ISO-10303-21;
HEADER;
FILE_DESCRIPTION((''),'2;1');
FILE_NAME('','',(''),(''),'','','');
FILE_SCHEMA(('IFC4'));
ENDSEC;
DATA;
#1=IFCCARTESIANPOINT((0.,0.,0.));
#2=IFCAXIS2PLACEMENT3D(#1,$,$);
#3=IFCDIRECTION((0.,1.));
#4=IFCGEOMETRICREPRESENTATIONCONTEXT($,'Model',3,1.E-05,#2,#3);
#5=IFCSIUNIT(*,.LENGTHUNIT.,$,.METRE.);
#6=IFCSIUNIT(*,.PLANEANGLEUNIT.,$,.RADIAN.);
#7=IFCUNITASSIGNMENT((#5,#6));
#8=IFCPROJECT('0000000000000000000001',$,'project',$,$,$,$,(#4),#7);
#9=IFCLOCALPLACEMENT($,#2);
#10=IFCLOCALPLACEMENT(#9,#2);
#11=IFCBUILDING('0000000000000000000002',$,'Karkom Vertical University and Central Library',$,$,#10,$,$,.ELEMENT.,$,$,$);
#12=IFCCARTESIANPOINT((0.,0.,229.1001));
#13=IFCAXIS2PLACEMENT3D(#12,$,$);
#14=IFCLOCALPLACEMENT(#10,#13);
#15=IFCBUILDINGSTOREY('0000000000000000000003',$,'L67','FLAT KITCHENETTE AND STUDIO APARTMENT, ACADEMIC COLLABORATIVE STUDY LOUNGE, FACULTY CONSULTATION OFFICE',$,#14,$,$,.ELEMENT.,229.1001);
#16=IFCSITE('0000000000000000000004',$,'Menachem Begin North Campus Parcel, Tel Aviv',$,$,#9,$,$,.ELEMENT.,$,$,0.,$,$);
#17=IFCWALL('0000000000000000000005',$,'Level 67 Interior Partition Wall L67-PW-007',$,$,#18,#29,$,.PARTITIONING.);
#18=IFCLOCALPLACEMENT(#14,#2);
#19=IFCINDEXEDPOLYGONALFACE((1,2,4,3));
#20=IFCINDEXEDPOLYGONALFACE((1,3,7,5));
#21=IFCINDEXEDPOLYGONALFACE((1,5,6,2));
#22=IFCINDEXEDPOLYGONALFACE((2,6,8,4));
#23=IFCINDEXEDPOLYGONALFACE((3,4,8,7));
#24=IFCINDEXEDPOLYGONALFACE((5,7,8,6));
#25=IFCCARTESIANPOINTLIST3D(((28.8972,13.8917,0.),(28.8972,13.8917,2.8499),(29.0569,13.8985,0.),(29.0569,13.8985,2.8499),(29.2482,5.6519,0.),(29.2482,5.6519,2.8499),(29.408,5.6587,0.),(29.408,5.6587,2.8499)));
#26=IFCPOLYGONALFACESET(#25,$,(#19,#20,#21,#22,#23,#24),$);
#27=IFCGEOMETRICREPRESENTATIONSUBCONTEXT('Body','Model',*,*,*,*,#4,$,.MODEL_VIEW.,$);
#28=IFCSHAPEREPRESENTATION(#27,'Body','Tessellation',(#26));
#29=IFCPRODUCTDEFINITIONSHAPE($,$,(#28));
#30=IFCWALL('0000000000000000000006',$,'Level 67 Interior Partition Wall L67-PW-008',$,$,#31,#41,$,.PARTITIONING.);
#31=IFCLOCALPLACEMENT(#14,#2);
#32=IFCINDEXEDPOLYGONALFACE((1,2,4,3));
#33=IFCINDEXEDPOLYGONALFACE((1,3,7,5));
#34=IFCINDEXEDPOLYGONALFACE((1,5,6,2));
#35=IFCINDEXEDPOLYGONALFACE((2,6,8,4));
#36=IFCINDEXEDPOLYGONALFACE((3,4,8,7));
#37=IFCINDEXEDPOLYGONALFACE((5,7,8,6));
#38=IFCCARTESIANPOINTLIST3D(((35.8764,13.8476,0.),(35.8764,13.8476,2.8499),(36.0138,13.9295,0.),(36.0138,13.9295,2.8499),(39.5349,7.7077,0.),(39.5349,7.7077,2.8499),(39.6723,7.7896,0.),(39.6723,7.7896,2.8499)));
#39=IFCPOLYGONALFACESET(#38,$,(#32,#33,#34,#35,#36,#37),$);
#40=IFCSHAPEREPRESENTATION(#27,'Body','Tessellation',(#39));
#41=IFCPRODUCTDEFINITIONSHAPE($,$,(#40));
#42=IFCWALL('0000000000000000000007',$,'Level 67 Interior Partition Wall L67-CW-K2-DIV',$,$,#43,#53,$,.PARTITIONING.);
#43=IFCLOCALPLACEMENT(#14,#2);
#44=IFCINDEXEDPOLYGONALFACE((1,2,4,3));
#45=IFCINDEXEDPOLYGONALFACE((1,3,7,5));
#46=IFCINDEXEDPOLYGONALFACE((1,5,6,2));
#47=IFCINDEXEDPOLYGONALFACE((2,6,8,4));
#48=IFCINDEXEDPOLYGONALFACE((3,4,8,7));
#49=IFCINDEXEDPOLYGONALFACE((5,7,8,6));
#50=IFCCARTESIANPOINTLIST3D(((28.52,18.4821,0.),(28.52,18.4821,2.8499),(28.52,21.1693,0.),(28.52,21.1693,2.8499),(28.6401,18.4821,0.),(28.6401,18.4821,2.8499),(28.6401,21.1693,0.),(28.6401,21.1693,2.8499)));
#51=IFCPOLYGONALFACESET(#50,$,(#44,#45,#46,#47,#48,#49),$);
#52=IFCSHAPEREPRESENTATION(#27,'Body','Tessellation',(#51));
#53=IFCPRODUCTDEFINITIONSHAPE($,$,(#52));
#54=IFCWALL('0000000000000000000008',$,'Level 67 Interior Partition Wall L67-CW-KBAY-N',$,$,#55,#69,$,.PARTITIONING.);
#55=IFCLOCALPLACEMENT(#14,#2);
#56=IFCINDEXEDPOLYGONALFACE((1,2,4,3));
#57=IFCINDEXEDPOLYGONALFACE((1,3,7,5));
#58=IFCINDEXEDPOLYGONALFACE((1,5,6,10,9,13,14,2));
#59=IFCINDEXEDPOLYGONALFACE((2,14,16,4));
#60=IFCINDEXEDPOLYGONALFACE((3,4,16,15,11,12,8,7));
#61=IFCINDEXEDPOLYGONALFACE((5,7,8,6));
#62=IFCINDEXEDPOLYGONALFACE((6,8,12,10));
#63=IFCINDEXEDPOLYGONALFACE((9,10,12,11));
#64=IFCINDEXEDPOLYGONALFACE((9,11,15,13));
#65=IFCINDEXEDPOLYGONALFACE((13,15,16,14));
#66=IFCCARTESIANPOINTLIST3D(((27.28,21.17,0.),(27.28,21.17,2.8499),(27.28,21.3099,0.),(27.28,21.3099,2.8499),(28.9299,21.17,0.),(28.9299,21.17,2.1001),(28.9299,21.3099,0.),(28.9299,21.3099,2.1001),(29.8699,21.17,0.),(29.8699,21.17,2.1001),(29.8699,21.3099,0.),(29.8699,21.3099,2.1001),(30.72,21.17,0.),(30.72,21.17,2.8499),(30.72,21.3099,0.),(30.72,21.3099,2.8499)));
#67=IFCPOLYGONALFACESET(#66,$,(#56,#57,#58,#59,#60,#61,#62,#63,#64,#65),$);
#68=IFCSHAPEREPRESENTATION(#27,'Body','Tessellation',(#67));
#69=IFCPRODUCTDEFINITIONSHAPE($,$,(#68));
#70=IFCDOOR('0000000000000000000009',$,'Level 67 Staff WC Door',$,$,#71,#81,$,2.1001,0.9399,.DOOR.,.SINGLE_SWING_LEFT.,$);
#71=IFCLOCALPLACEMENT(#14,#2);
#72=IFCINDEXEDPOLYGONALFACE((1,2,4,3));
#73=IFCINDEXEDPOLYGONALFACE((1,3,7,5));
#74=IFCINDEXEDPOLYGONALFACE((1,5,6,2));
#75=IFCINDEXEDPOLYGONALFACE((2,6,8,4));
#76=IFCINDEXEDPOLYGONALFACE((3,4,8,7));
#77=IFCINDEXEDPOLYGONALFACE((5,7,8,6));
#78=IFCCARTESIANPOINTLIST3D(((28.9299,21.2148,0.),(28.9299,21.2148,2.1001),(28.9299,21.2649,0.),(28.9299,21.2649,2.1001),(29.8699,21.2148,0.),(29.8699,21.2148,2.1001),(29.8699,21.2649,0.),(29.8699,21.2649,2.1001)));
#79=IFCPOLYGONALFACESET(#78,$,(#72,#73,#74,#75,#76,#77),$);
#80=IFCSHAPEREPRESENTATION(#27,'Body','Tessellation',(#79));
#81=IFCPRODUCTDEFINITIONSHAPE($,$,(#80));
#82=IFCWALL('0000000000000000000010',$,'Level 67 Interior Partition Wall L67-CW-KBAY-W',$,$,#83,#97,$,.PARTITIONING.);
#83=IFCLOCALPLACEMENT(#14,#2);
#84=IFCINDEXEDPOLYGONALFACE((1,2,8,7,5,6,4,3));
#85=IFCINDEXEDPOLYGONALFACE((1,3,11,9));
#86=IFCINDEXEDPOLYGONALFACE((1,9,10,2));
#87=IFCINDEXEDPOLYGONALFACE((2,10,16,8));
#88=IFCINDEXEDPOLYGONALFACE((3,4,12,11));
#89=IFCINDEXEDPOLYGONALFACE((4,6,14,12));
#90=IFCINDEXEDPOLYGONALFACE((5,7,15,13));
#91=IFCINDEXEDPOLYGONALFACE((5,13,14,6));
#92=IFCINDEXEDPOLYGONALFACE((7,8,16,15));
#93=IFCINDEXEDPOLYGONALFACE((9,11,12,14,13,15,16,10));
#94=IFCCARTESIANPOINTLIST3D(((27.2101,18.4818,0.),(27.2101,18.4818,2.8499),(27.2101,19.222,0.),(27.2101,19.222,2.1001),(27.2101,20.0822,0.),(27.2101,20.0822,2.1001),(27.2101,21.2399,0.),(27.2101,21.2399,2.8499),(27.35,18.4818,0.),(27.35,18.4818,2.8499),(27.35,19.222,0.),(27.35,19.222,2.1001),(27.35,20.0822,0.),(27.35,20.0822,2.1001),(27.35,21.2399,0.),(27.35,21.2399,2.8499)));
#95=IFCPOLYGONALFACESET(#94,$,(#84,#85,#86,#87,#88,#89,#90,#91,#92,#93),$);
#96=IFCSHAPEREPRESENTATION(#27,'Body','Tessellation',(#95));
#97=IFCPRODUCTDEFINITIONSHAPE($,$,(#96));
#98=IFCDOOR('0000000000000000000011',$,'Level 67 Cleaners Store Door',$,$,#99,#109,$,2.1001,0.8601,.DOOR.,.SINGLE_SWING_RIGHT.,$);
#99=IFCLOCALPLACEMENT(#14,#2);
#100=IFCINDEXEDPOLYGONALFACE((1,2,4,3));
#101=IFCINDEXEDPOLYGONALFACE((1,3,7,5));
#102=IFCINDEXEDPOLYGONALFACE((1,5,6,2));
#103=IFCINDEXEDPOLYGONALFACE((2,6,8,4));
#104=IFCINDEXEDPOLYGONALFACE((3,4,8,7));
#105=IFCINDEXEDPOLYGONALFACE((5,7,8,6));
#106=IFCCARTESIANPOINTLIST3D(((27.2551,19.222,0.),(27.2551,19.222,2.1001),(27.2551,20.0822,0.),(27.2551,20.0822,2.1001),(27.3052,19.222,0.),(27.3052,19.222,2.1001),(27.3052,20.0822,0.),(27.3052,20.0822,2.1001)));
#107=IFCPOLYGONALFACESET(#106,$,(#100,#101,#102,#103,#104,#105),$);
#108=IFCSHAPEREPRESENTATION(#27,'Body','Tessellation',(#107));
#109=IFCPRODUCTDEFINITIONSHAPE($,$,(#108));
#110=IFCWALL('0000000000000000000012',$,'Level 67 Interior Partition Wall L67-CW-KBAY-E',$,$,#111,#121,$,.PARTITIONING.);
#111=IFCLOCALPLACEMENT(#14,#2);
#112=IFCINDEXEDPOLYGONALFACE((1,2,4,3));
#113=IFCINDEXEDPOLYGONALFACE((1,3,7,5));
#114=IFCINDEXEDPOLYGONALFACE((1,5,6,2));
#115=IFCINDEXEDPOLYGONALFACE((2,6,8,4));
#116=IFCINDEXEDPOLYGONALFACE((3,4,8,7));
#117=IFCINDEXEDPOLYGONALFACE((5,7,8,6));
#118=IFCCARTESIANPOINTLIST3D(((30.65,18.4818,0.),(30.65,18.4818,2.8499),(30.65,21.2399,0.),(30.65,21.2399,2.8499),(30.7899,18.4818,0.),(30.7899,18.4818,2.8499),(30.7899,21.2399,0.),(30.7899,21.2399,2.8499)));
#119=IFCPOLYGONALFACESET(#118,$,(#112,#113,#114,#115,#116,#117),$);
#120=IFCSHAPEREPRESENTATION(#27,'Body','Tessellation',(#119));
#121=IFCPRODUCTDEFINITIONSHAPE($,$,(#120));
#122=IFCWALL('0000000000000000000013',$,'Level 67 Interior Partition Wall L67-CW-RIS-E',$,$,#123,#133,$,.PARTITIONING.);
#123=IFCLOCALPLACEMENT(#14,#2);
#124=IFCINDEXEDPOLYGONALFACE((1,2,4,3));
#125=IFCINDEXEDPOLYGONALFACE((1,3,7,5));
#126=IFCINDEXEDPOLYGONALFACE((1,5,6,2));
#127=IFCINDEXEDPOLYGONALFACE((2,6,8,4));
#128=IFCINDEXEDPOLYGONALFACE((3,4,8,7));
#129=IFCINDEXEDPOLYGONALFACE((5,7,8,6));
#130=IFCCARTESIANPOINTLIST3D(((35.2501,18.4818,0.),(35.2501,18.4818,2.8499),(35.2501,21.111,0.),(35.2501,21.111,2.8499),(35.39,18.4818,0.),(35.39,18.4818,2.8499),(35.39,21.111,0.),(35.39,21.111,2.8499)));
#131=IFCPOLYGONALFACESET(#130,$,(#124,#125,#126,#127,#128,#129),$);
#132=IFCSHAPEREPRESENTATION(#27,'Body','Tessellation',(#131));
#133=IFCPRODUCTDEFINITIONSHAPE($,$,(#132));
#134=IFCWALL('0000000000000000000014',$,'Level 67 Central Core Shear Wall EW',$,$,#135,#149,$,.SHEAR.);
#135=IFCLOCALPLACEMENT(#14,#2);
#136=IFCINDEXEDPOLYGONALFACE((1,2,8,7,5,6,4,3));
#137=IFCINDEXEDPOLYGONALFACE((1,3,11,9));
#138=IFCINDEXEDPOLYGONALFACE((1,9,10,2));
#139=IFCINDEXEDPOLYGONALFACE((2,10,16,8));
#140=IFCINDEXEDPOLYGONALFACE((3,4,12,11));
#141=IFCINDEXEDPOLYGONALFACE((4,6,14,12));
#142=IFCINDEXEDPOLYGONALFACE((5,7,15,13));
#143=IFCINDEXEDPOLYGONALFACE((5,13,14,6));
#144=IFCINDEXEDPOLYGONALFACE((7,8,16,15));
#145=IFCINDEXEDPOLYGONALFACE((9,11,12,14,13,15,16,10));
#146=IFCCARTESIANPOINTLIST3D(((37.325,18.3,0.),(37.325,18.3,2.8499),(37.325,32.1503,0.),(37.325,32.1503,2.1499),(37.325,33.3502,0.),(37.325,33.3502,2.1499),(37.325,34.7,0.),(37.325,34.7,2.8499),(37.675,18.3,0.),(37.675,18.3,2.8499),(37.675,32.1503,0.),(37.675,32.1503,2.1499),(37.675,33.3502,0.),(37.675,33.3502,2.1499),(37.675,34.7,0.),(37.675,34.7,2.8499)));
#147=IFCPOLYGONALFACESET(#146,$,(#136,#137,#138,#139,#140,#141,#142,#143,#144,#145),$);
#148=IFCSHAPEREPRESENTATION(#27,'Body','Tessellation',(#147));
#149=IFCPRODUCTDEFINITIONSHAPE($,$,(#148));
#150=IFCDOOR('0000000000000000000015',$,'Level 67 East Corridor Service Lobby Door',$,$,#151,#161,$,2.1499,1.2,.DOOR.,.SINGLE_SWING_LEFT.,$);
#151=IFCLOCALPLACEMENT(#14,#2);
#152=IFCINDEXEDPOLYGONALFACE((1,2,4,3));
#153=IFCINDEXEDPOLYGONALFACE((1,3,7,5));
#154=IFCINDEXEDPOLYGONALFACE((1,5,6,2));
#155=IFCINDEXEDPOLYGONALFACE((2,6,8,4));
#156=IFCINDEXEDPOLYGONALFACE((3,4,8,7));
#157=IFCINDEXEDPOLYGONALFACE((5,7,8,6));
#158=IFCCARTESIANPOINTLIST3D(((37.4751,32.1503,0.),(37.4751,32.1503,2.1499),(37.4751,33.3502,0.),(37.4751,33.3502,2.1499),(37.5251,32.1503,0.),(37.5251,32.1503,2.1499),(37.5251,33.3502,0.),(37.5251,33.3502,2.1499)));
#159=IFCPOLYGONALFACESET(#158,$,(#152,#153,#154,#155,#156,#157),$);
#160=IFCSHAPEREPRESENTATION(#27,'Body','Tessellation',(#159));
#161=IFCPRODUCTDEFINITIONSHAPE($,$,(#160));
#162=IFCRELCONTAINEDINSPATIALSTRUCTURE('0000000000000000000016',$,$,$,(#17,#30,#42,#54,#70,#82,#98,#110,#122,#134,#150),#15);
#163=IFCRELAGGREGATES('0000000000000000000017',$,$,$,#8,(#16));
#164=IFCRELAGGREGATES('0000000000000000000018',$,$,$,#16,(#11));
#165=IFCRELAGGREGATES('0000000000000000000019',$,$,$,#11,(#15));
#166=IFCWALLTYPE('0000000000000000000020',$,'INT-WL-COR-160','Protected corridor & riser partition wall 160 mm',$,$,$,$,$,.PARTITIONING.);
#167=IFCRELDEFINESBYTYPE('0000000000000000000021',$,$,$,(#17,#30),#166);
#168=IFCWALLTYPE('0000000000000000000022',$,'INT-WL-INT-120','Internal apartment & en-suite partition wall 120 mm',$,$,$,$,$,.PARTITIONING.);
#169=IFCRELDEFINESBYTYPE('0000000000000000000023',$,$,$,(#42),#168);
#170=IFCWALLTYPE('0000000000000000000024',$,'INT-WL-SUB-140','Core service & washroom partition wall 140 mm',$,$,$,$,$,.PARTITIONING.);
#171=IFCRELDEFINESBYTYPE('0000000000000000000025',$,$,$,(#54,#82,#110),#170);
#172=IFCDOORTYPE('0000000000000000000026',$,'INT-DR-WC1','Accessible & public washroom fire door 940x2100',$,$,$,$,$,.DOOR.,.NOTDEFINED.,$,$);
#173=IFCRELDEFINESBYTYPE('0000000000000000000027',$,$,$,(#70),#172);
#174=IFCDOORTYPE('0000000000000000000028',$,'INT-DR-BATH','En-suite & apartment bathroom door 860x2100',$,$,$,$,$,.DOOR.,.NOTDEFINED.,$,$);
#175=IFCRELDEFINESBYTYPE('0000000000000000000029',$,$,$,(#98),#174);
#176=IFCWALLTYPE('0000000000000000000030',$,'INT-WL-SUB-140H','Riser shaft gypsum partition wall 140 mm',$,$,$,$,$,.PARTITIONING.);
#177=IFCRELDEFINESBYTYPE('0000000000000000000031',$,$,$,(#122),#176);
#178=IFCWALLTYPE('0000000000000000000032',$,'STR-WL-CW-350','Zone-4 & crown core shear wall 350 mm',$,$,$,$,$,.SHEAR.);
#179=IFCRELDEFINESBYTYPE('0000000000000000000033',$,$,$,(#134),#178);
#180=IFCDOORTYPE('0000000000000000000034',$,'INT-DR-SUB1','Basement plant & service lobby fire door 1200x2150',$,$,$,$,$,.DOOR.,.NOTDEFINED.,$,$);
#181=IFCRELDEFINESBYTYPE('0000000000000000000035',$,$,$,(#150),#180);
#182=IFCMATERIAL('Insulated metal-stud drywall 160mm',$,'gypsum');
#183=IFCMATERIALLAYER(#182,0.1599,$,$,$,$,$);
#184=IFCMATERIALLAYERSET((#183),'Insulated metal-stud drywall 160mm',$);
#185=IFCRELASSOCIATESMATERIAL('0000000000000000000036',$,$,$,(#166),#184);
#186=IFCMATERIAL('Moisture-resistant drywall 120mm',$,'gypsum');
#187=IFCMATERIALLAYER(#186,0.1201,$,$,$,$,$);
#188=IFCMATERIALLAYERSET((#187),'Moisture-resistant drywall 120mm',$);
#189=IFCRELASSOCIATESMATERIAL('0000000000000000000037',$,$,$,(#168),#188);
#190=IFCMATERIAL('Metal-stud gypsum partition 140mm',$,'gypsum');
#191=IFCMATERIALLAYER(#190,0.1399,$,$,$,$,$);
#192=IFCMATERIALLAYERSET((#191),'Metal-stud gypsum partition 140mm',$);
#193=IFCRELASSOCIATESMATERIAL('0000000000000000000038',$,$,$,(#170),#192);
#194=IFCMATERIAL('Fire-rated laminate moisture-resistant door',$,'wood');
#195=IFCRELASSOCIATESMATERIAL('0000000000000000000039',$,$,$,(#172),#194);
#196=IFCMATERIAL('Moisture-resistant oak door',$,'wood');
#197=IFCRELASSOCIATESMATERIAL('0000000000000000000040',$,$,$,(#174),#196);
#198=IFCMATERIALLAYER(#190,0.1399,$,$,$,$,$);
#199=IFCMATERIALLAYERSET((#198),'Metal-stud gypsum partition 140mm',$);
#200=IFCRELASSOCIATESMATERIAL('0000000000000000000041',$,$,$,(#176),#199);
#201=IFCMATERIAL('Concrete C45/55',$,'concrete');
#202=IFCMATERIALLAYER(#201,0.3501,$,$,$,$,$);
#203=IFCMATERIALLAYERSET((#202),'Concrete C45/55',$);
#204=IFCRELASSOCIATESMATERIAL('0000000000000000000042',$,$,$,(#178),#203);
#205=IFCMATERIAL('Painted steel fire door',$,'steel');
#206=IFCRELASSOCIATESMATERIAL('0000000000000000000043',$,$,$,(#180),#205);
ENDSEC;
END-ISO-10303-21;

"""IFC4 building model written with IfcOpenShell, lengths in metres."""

from ifc_helpers import new_model, si_unit, direction, frame, frame_2d, origin, origin_with_axes, place, context, subcontext, project, spatial, rectangle, extrude, source, transform, mapped, material, layer, layer_set, type_object, element, fill, save


model = new_model("IFC4")

# Units and contexts
model_context = context("Model", 3, precision=1e-05, world=origin(), true_north=direction((0.0, 1.0)))
body_context = subcontext(model_context, "Body", "Model", "MODEL_VIEW")
ifc_project = project(units=[si_unit("LENGTHUNIT", "METRE"), si_unit("PLANEANGLEUNIT", "RADIAN")], contexts=[model_context])

# Site, building, storey
site_placement = place(None, origin())
site = spatial("IfcSite", under=ifc_project, at=site_placement, Name="Menachem Begin North Campus Parcel, Tel Aviv", CompositionType="ELEMENT", RefElevation=0.0)
building_placement = place(site_placement, origin())
building = spatial("IfcBuilding", under=site, at=building_placement, Name="Karkom Vertical University and Central Library", CompositionType="ELEMENT")
storey_placement = place(building_placement, frame((0.0, 0.0, 229.1001)))
storey = spatial("IfcBuildingStorey", under=building, at=storey_placement, Name="L67", Description="FLAT KITCHENETTE AND STUDIO APARTMENT, ACADEMIC COLLABORATIVE STUDY LOUNGE, FACULTY CONSULTATION OFFICE", CompositionType="ELEMENT", Elevation=229.1001)

# Shared definitions
ifc_material_1 = material(Name="Concrete C45/55", Category="concrete")

# Walls
ifc_material_2 = material(Name="Insulated metal-stud drywall 160mm", Category="gypsum")
ifc_layer_1 = layer(ifc_material_2, 0.1599)
ifc_layer_set_1 = layer_set([ifc_layer_1], Name="Insulated metal-stud drywall 160mm")
wall_type_1 = type_object("IfcWallType", Name="INT-WL-COR-160", Description="Protected corridor & riser partition wall 160 mm", PredefinedType="PARTITIONING", material=ifc_layer_set_1)
wall_1_placement = place(storey_placement, frame((28.9771, 13.895, 0.0), z_axis=(0.0, 0.0, 1.0), x_axis=(0.042569, -0.999094, 0.0)))
element("IfcWall", 1, at=wall_1_placement, inside=storey, type_object=wall_type_1, Name="Level 67 Interior Partition Wall L67-PW-007", PredefinedType="PARTITIONING", context=body_context, shape_type="SweptSolid", body=[
    extrude(rectangle(XDim=8.2473, YDim=0.1599, at=frame_2d((4.1235, 0.0))), origin(), (0.0, 0.0, 1.0), 2.8499),
])
wall_2_placement = place(storey_placement, frame((35.9451, 13.8887, 0.0), z_axis=(0.0, 0.0, 1.0), x_axis=(0.511871, -0.859062, 0.0)))
element("IfcWall", 2, at=wall_2_placement, inside=storey, type_object=wall_type_1, Name="Level 67 Interior Partition Wall L67-PW-008", PredefinedType="PARTITIONING", context=body_context, shape_type="SweptSolid", body=[
    extrude(rectangle(XDim=7.1472, YDim=0.1599, at=frame_2d((3.5737, 0.0))), origin(), (0.0, 0.0, 1.0), 2.8499),
])
ifc_material_3 = material(Name="Moisture-resistant drywall 120mm", Category="gypsum")
ifc_layer_2 = layer(ifc_material_3, 0.1201)
ifc_layer_set_2 = layer_set([ifc_layer_2], Name="Moisture-resistant drywall 120mm")
wall_type_2 = type_object("IfcWallType", Name="INT-WL-INT-120", Description="Internal apartment & en-suite partition wall 120 mm", PredefinedType="PARTITIONING", material=ifc_layer_set_2)
wall_3_placement = place(storey_placement, frame((28.5801, 18.4819, 0.0), z_axis=(0.0, 0.0, 1.0), x_axis=(0.0, 1.0, 0.0)))
element("IfcWall", 3, at=wall_3_placement, inside=storey, type_object=wall_type_2, Name="Level 67 Interior Partition Wall L67-CW-K2-DIV", PredefinedType="PARTITIONING", context=body_context, shape_type="SweptSolid", body=[
    extrude(rectangle(XDim=2.6873, YDim=0.1201, at=frame_2d((1.3438, 0.0))), origin(), (0.0, 0.0, 1.0), 2.8499),
])

# Walls, openings, doors
ifc_material_4 = material(Name="Metal-stud gypsum partition 140mm", Category="gypsum")
ifc_layer_3 = layer(ifc_material_4, 0.1399)
ifc_layer_set_3 = layer_set([ifc_layer_3], Name="Metal-stud gypsum partition 140mm")
wall_type_3 = type_object("IfcWallType", Name="INT-WL-SUB-140", Description="Core service & washroom partition wall 140 mm", PredefinedType="PARTITIONING", material=ifc_layer_set_3)
wall_4_placement = place(storey_placement, frame((27.28, 21.24, 0.0), z_axis=(0.0, 0.0, 1.0), x_axis=(1.0, 0.0, 0.0)))
wall_4 = element("IfcWall", 4, at=wall_4_placement, inside=storey, type_object=wall_type_3, Name="Level 67 Interior Partition Wall L67-CW-KBAY-N", PredefinedType="PARTITIONING", context=body_context, shape_type="SweptSolid", body=[
    extrude(rectangle(XDim=3.4399, YDim=0.1399, at=frame_2d((1.72, 0.0))), origin(), (0.0, 0.0, 1.0), 2.8499),
])
opening_1_placement = place(wall_4_placement, frame((1.6499, 0.0, 0.0)))
opening_1 = element("IfcOpeningElement", 5, at=opening_1_placement, cuts=wall_4, PredefinedType="OPENING", context=body_context, shape_type="SweptSolid", body=[
    extrude(rectangle(XDim=0.9399, YDim=2.1001, at=frame_2d((0.47, 1.05))), frame((0.0, 0.0801, 0.0), z_axis=(0.0, -1.0, 0.0), x_axis=(1.0, 0.0, 0.0)), (0.0, 0.0, 1.0), 0.1599),
])
ifc_material_5 = material(Name="Fire-rated laminate moisture-resistant door", Category="wood")
door_type_1 = type_object("IfcDoorType", Name="INT-DR-WC1", Description="Accessible & public washroom fire door 940x2100", OperationType="NOTDEFINED", PredefinedType="DOOR", material=ifc_material_5)
shared_shape_1 = source(origin_with_axes(), body_context, "Body", "SweptSolid", [
    extrude(rectangle(XDim=0.9399, YDim=2.1001, at=frame_2d((0.47, 1.05))), frame((0.0, 0.0249, 0.0), z_axis=(0.0, -1.0, 0.0), x_axis=(1.0, 0.0, 0.0)), (0.0, 0.0, 1.0), 0.05),
])
door_1_placement = place(opening_1_placement, origin())
door_1 = element("IfcDoor", 6, at=door_1_placement, inside=storey, type_object=door_type_1, Name="Level 67 Staff WC Door", OperationType="SINGLE_SWING_LEFT", OverallHeight=2.1001, OverallWidth=0.9399, PredefinedType="DOOR", context=body_context, shape_type="MappedRepresentation", body=[
    mapped(shared_shape_1, transform((0.0, 0.0, 0.0), scale=1.0)),
])
fill(opening_1, door_1)
wall_5_placement = place(storey_placement, frame((27.28, 18.4819, 0.0), z_axis=(0.0, 0.0, 1.0), x_axis=(0.0, 1.0, 0.0)))
wall_5 = element("IfcWall", 7, at=wall_5_placement, inside=storey, type_object=wall_type_3, Name="Level 67 Interior Partition Wall L67-CW-KBAY-W", PredefinedType="PARTITIONING", context=body_context, shape_type="SweptSolid", body=[
    extrude(rectangle(XDim=2.7581, YDim=0.1399, at=frame_2d((1.3789, 0.0))), origin(), (0.0, 0.0, 1.0), 2.8499),
])
opening_2_placement = place(wall_5_placement, frame((0.74, 0.0, 0.0)))
opening_2 = element("IfcOpeningElement", 8, at=opening_2_placement, cuts=wall_5, PredefinedType="OPENING", context=body_context, shape_type="SweptSolid", body=[
    extrude(rectangle(XDim=0.8601, YDim=2.1001, at=frame_2d((0.4302, 1.05))), frame((0.0, 0.0801, 0.0), z_axis=(0.0, -1.0, 0.0), x_axis=(1.0, 0.0, 0.0)), (0.0, 0.0, 1.0), 0.1599),
])
ifc_material_6 = material(Name="Moisture-resistant oak door", Category="wood")
door_type_2 = type_object("IfcDoorType", Name="INT-DR-BATH", Description="En-suite & apartment bathroom door 860x2100", OperationType="NOTDEFINED", PredefinedType="DOOR", material=ifc_material_6)
shared_shape_2 = source(origin_with_axes(), body_context, "Body", "SweptSolid", [
    extrude(rectangle(XDim=0.8601, YDim=2.1001, at=frame_2d((0.4302, 1.05))), frame((0.0, 0.0249, 0.0), z_axis=(0.0, -1.0, 0.0), x_axis=(1.0, 0.0, 0.0)), (0.0, 0.0, 1.0), 0.05),
])
door_2_placement = place(opening_2_placement, origin())
door_2 = element("IfcDoor", 9, at=door_2_placement, inside=storey, type_object=door_type_2, Name="Level 67 Cleaners Store Door", OperationType="SINGLE_SWING_RIGHT", OverallHeight=2.1001, OverallWidth=0.8601, PredefinedType="DOOR", context=body_context, shape_type="MappedRepresentation", body=[
    mapped(shared_shape_2, transform((0.0, 0.0, 0.0), scale=1.0)),
])
fill(opening_2, door_2)

# Walls
wall_6_placement = place(storey_placement, frame((30.72, 18.4819, 0.0), z_axis=(0.0, 0.0, 1.0), x_axis=(0.0, 1.0, 0.0)))
element("IfcWall", 10, at=wall_6_placement, inside=storey, type_object=wall_type_3, Name="Level 67 Interior Partition Wall L67-CW-KBAY-E", PredefinedType="PARTITIONING", context=body_context, shape_type="SweptSolid", body=[
    extrude(rectangle(XDim=2.7581, YDim=0.1399, at=frame_2d((1.3789, 0.0))), origin(), (0.0, 0.0, 1.0), 2.8499),
])
ifc_layer_4 = layer(ifc_material_4, 0.1399)
ifc_layer_set_4 = layer_set([ifc_layer_4], Name="Metal-stud gypsum partition 140mm")
wall_type_4 = type_object("IfcWallType", Name="INT-WL-SUB-140H", Description="Riser shaft gypsum partition wall 140 mm", PredefinedType="PARTITIONING", material=ifc_layer_set_4)
wall_7_placement = place(storey_placement, frame((35.3201, 18.4819, 0.0), z_axis=(0.0, 0.0, 1.0), x_axis=(0.0, 1.0, 0.0)))
element("IfcWall", 11, at=wall_7_placement, inside=storey, type_object=wall_type_4, Name="Level 67 Interior Partition Wall L67-CW-RIS-E", PredefinedType="PARTITIONING", context=body_context, shape_type="SweptSolid", body=[
    extrude(rectangle(XDim=2.6292, YDim=0.1399, at=frame_2d((1.3145, 0.0))), origin(), (0.0, 0.0, 1.0), 2.8499),
])

# Wall, opening, door
ifc_layer_5 = layer(ifc_material_1, 0.3501)
ifc_layer_set_5 = layer_set([ifc_layer_5], Name="Concrete C45/55")
wall_type_5 = type_object("IfcWallType", Name="STR-WL-CW-350", Description="Zone-4 & crown core shear wall 350 mm", PredefinedType="SHEAR", material=ifc_layer_set_5)
wall_8_placement = place(storey_placement, frame((37.5, 18.3, 0.0), z_axis=(0.0, 0.0, 1.0), x_axis=(0.0, 1.0, 0.0)))
wall_8 = element("IfcWall", 12, at=wall_8_placement, inside=storey, type_object=wall_type_5, Name="Level 67 Central Core Shear Wall EW", PredefinedType="SHEAR", context=body_context, shape_type="SweptSolid", body=[
    extrude(rectangle(XDim=16.3999, YDim=0.3501, at=frame_2d((8.2, 0.0))), origin(), (0.0, 0.0, 1.0), 2.8499),
])
opening_3_placement = place(wall_8_placement, frame((13.8501, 0.0, 0.0)))
opening_3 = element("IfcOpeningElement", 13, at=opening_3_placement, cuts=wall_8, PredefinedType="OPENING", context=body_context, shape_type="SweptSolid", body=[
    extrude(rectangle(XDim=1.2, YDim=2.1499, at=frame_2d((0.6001, 1.075))), frame((0.0, 0.1851, 0.0), z_axis=(0.0, -1.0, 0.0), x_axis=(1.0, 0.0, 0.0)), (0.0, 0.0, 1.0), 0.3701),
])
ifc_material_7 = material(Name="Painted steel fire door", Category="steel")
door_type_3 = type_object("IfcDoorType", Name="INT-DR-SUB1", Description="Basement plant & service lobby fire door 1200x2150", OperationType="NOTDEFINED", PredefinedType="DOOR", material=ifc_material_7)
shared_shape_3 = source(origin_with_axes(), body_context, "Body", "SweptSolid", [
    extrude(rectangle(XDim=1.2, YDim=2.1499, at=frame_2d((0.6001, 1.075))), frame((0.0, 0.0249, 0.0), z_axis=(0.0, -1.0, 0.0), x_axis=(1.0, 0.0, 0.0)), (0.0, 0.0, 1.0), 0.05),
])
door_3_placement = place(opening_3_placement, origin())
door_3 = element("IfcDoor", 14, at=door_3_placement, inside=storey, type_object=door_type_3, Name="Level 67 East Corridor Service Lobby Door", OperationType="SINGLE_SWING_LEFT", OverallHeight=2.1499, OverallWidth=1.2, PredefinedType="DOOR", context=body_context, shape_type="MappedRepresentation", body=[
    mapped(shared_shape_3, transform((0.0, 0.0, 0.0), scale=1.0)),
])
fill(opening_3, door_3)

save(model, "model.ifc")
